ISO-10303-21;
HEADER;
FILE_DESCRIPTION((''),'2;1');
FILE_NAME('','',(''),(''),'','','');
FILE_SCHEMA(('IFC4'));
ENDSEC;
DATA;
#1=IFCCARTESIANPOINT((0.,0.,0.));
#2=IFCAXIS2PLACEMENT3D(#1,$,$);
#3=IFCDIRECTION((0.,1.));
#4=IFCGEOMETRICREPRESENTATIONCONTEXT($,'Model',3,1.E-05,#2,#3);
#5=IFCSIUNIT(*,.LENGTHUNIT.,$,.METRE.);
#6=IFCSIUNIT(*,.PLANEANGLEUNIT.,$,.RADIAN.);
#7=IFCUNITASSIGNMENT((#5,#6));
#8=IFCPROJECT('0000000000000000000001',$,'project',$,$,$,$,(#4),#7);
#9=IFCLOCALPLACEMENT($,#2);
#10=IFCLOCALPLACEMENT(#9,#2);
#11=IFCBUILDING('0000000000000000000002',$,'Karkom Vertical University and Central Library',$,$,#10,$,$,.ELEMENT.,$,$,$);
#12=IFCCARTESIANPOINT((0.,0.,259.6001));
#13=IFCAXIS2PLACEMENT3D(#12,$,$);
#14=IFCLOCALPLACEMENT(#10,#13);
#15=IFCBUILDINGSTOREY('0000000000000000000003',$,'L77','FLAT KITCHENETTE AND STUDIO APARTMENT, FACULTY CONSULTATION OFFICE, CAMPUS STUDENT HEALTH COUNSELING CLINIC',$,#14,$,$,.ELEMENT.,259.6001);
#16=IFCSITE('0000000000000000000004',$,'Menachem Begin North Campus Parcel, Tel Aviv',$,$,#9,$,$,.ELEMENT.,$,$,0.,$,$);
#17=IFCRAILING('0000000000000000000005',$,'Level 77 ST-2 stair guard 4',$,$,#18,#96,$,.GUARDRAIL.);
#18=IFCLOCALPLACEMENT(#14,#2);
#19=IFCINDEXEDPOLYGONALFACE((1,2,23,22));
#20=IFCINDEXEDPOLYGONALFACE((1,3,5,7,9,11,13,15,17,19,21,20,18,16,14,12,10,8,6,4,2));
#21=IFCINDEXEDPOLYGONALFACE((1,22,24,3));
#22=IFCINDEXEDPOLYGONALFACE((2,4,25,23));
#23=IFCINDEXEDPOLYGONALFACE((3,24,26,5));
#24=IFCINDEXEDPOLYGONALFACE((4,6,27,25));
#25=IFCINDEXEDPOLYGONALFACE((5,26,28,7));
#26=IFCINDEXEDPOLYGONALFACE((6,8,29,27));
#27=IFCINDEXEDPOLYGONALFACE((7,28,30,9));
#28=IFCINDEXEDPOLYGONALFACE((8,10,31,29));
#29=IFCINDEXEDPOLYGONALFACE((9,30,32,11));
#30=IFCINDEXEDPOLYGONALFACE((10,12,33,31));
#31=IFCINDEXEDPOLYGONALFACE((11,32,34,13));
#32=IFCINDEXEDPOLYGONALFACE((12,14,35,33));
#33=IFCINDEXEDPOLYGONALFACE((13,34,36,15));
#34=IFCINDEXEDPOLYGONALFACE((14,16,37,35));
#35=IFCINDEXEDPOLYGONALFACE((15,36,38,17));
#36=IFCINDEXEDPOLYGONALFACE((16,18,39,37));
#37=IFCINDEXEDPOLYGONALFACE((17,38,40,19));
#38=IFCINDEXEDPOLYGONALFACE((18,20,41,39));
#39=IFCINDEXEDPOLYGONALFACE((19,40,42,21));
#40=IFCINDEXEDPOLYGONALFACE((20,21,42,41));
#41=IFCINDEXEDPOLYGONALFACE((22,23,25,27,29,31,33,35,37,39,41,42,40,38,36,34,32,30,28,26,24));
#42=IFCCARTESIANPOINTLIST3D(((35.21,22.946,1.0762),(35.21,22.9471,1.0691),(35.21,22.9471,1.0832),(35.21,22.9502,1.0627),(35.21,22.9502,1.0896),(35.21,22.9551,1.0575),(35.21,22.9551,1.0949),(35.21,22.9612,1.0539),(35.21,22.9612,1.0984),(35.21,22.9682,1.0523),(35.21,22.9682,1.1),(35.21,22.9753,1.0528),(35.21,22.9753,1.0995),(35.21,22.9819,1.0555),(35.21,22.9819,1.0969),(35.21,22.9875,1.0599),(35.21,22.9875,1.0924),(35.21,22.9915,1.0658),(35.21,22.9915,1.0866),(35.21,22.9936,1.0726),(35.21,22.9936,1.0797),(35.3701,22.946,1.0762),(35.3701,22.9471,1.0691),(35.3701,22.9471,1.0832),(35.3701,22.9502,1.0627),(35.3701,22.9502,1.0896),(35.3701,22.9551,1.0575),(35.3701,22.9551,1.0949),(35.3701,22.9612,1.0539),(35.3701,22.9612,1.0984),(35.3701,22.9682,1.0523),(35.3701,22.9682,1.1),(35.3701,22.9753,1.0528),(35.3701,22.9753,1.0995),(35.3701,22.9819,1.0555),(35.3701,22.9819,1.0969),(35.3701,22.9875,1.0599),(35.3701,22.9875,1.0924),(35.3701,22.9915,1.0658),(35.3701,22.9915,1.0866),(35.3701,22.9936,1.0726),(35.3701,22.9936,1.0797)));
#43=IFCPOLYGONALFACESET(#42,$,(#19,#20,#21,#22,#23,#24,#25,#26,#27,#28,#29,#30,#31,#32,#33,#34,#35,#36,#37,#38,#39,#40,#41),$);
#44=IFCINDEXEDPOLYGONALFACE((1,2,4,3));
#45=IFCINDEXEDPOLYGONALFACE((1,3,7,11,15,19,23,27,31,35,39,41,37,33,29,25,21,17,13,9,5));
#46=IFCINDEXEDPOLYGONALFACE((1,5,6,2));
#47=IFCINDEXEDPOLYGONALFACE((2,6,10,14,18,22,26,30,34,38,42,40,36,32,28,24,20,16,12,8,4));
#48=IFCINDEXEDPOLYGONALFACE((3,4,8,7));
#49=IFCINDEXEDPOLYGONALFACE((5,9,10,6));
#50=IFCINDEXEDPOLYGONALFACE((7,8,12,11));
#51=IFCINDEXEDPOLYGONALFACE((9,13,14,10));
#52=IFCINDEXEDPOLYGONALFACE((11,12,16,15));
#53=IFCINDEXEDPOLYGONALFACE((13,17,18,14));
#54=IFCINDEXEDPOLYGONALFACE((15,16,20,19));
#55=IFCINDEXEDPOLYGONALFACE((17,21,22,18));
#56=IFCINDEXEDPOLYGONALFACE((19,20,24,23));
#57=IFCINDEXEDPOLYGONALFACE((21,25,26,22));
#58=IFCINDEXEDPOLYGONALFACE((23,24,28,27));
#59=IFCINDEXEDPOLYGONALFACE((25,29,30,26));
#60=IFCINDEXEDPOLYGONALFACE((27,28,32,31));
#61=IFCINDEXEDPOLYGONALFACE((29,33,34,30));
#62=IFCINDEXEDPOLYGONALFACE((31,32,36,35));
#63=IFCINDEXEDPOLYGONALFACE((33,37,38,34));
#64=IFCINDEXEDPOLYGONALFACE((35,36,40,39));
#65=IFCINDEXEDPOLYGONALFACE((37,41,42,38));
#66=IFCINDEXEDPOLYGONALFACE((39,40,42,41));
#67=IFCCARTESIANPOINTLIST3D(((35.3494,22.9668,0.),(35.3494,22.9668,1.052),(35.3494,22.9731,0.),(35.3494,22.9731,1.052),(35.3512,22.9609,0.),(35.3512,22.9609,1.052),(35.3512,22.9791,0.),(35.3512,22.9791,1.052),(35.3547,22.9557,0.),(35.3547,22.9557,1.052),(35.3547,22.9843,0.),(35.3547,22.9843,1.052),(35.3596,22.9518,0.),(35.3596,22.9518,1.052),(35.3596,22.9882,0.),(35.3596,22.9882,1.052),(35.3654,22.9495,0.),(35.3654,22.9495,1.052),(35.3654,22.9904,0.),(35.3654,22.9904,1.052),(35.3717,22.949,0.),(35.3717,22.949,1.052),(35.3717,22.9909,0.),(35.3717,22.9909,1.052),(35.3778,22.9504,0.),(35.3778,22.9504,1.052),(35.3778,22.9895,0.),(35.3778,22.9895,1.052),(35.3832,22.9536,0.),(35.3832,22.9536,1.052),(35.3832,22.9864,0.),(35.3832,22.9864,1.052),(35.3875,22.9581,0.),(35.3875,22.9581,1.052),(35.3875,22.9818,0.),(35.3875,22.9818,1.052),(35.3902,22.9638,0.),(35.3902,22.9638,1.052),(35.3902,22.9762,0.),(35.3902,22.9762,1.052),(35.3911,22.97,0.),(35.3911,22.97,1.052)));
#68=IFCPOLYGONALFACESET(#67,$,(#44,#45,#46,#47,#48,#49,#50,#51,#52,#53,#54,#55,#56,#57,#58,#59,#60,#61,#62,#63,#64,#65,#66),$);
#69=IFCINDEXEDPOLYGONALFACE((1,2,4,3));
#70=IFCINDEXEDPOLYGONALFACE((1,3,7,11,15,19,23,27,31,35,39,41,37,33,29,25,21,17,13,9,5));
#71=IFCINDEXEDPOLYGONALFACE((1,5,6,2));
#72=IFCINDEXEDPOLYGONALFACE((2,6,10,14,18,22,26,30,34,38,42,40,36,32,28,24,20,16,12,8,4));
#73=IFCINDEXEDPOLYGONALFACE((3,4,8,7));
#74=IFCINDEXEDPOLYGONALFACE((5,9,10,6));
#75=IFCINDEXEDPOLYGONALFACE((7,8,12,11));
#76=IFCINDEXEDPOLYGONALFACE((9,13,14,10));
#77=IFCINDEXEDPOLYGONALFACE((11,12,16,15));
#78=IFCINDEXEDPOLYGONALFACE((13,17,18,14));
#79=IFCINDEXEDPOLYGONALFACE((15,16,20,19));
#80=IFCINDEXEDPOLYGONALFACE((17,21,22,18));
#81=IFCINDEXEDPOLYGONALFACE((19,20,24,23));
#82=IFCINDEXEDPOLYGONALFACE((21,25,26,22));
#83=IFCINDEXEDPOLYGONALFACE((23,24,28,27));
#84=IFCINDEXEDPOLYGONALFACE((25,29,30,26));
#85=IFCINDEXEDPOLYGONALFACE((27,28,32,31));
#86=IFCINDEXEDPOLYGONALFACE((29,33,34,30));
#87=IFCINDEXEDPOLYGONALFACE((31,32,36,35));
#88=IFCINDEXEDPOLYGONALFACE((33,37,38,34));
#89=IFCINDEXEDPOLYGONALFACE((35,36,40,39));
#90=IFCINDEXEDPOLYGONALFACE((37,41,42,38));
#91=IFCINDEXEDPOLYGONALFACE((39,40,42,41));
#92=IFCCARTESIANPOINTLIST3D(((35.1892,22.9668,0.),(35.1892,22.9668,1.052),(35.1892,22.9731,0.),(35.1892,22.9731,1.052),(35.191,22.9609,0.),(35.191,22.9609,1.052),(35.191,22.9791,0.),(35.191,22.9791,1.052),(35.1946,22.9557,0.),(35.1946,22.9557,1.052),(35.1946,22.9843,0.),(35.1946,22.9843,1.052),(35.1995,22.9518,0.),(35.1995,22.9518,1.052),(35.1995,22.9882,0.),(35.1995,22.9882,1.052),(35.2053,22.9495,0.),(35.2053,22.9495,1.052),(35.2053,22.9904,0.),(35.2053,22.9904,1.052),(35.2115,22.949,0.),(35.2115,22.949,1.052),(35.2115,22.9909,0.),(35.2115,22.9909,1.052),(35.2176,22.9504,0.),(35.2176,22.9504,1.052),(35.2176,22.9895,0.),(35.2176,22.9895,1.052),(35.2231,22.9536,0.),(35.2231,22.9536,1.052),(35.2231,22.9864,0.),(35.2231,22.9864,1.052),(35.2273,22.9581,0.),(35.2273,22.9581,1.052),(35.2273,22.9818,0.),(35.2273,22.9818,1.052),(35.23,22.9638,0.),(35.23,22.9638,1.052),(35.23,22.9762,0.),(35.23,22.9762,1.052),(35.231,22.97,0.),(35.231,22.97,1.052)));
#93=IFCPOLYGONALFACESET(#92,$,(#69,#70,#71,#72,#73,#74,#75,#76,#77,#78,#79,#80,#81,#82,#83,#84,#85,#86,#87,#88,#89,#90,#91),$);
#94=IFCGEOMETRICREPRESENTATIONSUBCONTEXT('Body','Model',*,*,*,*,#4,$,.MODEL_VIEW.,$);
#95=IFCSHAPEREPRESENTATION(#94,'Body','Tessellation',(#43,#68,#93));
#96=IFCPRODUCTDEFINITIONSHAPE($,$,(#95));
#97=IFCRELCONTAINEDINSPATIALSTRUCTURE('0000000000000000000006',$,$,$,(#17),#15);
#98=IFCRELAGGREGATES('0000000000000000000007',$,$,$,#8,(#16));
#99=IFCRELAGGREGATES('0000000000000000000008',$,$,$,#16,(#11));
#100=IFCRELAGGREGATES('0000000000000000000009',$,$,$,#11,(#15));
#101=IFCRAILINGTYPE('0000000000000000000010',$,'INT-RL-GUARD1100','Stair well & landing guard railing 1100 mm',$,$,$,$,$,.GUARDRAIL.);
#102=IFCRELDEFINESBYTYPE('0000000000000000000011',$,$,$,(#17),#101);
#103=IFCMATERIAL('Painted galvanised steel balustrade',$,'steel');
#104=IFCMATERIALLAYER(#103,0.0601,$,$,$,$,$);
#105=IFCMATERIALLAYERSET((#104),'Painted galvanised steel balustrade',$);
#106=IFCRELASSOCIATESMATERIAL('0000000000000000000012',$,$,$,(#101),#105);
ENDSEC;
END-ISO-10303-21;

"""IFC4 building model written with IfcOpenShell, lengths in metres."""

from ifc_helpers import new_model, si_unit, direction, frame, origin, origin_2d, place, context, subcontext, project, spatial, circle, extrude, material, layer, layer_set, type_object, element, save


model = new_model("IFC4")

# Units and contexts
model_context = context("Model", 3, precision=1e-05, world=origin(), true_north=direction((0.0, 1.0)))
body_context = subcontext(model_context, "Body", "Model", "MODEL_VIEW")
ifc_project = project(units=[si_unit("LENGTHUNIT", "METRE"), si_unit("PLANEANGLEUNIT", "RADIAN")], contexts=[model_context])

# Site, building, storey
site_placement = place(None, origin())
site = spatial("IfcSite", under=ifc_project, at=site_placement, Name="Menachem Begin North Campus Parcel, Tel Aviv", CompositionType="ELEMENT", RefElevation=0.0)
building_placement = place(site_placement, origin())
building = spatial("IfcBuilding", under=site, at=building_placement, Name="Karkom Vertical University and Central Library", CompositionType="ELEMENT")
storey_placement = place(building_placement, frame((0.0, 0.0, 259.6001)))
storey = spatial("IfcBuildingStorey", under=building, at=storey_placement, Name="L77", Description="FLAT KITCHENETTE AND STUDIO APARTMENT, FACULTY CONSULTATION OFFICE, CAMPUS STUDENT HEALTH COUNSELING CLINIC", CompositionType="ELEMENT", Elevation=259.6001)

# Railing
ifc_material_1 = material(Name="Painted galvanised steel balustrade", Category="steel")
ifc_layer_1 = layer(ifc_material_1, 0.0601)
ifc_layer_set_1 = layer_set([ifc_layer_1], Name="Painted galvanised steel balustrade")
railing_type_1 = type_object("IfcRailingType", Name="INT-RL-GUARD1100", Description="Stair well & landing guard railing 1100 mm", PredefinedType="GUARDRAIL", material=ifc_layer_set_1)
railing_1_placement = place(storey_placement, frame((35.3701, 22.97, 0.0)))
element("IfcRailing", 1, at=railing_1_placement, inside=storey, type_object=railing_type_1, Name="Level 77 ST-2 stair guard 4", PredefinedType="GUARDRAIL", context=body_context, shape_type="SweptSolid", body=[
    extrude(circle(Radius=0.0239, at=origin_2d()), frame((0.0, 0.0, 1.0762), z_axis=(-1.0, 0.0, 0.0), x_axis=(0.0, -1.0, 0.0)), (0.0, 0.0, 1.0), 0.1602),
    extrude(circle(Radius=0.021, at=origin_2d()), origin(), (0.0, 0.0, 1.0), 1.052),
    extrude(circle(Radius=0.021, at=origin_2d()), frame((-0.1602, 0.0, 0.0)), (0.0, 0.0, 1.0), 1.052),
])

save(model, "model.ifc")
